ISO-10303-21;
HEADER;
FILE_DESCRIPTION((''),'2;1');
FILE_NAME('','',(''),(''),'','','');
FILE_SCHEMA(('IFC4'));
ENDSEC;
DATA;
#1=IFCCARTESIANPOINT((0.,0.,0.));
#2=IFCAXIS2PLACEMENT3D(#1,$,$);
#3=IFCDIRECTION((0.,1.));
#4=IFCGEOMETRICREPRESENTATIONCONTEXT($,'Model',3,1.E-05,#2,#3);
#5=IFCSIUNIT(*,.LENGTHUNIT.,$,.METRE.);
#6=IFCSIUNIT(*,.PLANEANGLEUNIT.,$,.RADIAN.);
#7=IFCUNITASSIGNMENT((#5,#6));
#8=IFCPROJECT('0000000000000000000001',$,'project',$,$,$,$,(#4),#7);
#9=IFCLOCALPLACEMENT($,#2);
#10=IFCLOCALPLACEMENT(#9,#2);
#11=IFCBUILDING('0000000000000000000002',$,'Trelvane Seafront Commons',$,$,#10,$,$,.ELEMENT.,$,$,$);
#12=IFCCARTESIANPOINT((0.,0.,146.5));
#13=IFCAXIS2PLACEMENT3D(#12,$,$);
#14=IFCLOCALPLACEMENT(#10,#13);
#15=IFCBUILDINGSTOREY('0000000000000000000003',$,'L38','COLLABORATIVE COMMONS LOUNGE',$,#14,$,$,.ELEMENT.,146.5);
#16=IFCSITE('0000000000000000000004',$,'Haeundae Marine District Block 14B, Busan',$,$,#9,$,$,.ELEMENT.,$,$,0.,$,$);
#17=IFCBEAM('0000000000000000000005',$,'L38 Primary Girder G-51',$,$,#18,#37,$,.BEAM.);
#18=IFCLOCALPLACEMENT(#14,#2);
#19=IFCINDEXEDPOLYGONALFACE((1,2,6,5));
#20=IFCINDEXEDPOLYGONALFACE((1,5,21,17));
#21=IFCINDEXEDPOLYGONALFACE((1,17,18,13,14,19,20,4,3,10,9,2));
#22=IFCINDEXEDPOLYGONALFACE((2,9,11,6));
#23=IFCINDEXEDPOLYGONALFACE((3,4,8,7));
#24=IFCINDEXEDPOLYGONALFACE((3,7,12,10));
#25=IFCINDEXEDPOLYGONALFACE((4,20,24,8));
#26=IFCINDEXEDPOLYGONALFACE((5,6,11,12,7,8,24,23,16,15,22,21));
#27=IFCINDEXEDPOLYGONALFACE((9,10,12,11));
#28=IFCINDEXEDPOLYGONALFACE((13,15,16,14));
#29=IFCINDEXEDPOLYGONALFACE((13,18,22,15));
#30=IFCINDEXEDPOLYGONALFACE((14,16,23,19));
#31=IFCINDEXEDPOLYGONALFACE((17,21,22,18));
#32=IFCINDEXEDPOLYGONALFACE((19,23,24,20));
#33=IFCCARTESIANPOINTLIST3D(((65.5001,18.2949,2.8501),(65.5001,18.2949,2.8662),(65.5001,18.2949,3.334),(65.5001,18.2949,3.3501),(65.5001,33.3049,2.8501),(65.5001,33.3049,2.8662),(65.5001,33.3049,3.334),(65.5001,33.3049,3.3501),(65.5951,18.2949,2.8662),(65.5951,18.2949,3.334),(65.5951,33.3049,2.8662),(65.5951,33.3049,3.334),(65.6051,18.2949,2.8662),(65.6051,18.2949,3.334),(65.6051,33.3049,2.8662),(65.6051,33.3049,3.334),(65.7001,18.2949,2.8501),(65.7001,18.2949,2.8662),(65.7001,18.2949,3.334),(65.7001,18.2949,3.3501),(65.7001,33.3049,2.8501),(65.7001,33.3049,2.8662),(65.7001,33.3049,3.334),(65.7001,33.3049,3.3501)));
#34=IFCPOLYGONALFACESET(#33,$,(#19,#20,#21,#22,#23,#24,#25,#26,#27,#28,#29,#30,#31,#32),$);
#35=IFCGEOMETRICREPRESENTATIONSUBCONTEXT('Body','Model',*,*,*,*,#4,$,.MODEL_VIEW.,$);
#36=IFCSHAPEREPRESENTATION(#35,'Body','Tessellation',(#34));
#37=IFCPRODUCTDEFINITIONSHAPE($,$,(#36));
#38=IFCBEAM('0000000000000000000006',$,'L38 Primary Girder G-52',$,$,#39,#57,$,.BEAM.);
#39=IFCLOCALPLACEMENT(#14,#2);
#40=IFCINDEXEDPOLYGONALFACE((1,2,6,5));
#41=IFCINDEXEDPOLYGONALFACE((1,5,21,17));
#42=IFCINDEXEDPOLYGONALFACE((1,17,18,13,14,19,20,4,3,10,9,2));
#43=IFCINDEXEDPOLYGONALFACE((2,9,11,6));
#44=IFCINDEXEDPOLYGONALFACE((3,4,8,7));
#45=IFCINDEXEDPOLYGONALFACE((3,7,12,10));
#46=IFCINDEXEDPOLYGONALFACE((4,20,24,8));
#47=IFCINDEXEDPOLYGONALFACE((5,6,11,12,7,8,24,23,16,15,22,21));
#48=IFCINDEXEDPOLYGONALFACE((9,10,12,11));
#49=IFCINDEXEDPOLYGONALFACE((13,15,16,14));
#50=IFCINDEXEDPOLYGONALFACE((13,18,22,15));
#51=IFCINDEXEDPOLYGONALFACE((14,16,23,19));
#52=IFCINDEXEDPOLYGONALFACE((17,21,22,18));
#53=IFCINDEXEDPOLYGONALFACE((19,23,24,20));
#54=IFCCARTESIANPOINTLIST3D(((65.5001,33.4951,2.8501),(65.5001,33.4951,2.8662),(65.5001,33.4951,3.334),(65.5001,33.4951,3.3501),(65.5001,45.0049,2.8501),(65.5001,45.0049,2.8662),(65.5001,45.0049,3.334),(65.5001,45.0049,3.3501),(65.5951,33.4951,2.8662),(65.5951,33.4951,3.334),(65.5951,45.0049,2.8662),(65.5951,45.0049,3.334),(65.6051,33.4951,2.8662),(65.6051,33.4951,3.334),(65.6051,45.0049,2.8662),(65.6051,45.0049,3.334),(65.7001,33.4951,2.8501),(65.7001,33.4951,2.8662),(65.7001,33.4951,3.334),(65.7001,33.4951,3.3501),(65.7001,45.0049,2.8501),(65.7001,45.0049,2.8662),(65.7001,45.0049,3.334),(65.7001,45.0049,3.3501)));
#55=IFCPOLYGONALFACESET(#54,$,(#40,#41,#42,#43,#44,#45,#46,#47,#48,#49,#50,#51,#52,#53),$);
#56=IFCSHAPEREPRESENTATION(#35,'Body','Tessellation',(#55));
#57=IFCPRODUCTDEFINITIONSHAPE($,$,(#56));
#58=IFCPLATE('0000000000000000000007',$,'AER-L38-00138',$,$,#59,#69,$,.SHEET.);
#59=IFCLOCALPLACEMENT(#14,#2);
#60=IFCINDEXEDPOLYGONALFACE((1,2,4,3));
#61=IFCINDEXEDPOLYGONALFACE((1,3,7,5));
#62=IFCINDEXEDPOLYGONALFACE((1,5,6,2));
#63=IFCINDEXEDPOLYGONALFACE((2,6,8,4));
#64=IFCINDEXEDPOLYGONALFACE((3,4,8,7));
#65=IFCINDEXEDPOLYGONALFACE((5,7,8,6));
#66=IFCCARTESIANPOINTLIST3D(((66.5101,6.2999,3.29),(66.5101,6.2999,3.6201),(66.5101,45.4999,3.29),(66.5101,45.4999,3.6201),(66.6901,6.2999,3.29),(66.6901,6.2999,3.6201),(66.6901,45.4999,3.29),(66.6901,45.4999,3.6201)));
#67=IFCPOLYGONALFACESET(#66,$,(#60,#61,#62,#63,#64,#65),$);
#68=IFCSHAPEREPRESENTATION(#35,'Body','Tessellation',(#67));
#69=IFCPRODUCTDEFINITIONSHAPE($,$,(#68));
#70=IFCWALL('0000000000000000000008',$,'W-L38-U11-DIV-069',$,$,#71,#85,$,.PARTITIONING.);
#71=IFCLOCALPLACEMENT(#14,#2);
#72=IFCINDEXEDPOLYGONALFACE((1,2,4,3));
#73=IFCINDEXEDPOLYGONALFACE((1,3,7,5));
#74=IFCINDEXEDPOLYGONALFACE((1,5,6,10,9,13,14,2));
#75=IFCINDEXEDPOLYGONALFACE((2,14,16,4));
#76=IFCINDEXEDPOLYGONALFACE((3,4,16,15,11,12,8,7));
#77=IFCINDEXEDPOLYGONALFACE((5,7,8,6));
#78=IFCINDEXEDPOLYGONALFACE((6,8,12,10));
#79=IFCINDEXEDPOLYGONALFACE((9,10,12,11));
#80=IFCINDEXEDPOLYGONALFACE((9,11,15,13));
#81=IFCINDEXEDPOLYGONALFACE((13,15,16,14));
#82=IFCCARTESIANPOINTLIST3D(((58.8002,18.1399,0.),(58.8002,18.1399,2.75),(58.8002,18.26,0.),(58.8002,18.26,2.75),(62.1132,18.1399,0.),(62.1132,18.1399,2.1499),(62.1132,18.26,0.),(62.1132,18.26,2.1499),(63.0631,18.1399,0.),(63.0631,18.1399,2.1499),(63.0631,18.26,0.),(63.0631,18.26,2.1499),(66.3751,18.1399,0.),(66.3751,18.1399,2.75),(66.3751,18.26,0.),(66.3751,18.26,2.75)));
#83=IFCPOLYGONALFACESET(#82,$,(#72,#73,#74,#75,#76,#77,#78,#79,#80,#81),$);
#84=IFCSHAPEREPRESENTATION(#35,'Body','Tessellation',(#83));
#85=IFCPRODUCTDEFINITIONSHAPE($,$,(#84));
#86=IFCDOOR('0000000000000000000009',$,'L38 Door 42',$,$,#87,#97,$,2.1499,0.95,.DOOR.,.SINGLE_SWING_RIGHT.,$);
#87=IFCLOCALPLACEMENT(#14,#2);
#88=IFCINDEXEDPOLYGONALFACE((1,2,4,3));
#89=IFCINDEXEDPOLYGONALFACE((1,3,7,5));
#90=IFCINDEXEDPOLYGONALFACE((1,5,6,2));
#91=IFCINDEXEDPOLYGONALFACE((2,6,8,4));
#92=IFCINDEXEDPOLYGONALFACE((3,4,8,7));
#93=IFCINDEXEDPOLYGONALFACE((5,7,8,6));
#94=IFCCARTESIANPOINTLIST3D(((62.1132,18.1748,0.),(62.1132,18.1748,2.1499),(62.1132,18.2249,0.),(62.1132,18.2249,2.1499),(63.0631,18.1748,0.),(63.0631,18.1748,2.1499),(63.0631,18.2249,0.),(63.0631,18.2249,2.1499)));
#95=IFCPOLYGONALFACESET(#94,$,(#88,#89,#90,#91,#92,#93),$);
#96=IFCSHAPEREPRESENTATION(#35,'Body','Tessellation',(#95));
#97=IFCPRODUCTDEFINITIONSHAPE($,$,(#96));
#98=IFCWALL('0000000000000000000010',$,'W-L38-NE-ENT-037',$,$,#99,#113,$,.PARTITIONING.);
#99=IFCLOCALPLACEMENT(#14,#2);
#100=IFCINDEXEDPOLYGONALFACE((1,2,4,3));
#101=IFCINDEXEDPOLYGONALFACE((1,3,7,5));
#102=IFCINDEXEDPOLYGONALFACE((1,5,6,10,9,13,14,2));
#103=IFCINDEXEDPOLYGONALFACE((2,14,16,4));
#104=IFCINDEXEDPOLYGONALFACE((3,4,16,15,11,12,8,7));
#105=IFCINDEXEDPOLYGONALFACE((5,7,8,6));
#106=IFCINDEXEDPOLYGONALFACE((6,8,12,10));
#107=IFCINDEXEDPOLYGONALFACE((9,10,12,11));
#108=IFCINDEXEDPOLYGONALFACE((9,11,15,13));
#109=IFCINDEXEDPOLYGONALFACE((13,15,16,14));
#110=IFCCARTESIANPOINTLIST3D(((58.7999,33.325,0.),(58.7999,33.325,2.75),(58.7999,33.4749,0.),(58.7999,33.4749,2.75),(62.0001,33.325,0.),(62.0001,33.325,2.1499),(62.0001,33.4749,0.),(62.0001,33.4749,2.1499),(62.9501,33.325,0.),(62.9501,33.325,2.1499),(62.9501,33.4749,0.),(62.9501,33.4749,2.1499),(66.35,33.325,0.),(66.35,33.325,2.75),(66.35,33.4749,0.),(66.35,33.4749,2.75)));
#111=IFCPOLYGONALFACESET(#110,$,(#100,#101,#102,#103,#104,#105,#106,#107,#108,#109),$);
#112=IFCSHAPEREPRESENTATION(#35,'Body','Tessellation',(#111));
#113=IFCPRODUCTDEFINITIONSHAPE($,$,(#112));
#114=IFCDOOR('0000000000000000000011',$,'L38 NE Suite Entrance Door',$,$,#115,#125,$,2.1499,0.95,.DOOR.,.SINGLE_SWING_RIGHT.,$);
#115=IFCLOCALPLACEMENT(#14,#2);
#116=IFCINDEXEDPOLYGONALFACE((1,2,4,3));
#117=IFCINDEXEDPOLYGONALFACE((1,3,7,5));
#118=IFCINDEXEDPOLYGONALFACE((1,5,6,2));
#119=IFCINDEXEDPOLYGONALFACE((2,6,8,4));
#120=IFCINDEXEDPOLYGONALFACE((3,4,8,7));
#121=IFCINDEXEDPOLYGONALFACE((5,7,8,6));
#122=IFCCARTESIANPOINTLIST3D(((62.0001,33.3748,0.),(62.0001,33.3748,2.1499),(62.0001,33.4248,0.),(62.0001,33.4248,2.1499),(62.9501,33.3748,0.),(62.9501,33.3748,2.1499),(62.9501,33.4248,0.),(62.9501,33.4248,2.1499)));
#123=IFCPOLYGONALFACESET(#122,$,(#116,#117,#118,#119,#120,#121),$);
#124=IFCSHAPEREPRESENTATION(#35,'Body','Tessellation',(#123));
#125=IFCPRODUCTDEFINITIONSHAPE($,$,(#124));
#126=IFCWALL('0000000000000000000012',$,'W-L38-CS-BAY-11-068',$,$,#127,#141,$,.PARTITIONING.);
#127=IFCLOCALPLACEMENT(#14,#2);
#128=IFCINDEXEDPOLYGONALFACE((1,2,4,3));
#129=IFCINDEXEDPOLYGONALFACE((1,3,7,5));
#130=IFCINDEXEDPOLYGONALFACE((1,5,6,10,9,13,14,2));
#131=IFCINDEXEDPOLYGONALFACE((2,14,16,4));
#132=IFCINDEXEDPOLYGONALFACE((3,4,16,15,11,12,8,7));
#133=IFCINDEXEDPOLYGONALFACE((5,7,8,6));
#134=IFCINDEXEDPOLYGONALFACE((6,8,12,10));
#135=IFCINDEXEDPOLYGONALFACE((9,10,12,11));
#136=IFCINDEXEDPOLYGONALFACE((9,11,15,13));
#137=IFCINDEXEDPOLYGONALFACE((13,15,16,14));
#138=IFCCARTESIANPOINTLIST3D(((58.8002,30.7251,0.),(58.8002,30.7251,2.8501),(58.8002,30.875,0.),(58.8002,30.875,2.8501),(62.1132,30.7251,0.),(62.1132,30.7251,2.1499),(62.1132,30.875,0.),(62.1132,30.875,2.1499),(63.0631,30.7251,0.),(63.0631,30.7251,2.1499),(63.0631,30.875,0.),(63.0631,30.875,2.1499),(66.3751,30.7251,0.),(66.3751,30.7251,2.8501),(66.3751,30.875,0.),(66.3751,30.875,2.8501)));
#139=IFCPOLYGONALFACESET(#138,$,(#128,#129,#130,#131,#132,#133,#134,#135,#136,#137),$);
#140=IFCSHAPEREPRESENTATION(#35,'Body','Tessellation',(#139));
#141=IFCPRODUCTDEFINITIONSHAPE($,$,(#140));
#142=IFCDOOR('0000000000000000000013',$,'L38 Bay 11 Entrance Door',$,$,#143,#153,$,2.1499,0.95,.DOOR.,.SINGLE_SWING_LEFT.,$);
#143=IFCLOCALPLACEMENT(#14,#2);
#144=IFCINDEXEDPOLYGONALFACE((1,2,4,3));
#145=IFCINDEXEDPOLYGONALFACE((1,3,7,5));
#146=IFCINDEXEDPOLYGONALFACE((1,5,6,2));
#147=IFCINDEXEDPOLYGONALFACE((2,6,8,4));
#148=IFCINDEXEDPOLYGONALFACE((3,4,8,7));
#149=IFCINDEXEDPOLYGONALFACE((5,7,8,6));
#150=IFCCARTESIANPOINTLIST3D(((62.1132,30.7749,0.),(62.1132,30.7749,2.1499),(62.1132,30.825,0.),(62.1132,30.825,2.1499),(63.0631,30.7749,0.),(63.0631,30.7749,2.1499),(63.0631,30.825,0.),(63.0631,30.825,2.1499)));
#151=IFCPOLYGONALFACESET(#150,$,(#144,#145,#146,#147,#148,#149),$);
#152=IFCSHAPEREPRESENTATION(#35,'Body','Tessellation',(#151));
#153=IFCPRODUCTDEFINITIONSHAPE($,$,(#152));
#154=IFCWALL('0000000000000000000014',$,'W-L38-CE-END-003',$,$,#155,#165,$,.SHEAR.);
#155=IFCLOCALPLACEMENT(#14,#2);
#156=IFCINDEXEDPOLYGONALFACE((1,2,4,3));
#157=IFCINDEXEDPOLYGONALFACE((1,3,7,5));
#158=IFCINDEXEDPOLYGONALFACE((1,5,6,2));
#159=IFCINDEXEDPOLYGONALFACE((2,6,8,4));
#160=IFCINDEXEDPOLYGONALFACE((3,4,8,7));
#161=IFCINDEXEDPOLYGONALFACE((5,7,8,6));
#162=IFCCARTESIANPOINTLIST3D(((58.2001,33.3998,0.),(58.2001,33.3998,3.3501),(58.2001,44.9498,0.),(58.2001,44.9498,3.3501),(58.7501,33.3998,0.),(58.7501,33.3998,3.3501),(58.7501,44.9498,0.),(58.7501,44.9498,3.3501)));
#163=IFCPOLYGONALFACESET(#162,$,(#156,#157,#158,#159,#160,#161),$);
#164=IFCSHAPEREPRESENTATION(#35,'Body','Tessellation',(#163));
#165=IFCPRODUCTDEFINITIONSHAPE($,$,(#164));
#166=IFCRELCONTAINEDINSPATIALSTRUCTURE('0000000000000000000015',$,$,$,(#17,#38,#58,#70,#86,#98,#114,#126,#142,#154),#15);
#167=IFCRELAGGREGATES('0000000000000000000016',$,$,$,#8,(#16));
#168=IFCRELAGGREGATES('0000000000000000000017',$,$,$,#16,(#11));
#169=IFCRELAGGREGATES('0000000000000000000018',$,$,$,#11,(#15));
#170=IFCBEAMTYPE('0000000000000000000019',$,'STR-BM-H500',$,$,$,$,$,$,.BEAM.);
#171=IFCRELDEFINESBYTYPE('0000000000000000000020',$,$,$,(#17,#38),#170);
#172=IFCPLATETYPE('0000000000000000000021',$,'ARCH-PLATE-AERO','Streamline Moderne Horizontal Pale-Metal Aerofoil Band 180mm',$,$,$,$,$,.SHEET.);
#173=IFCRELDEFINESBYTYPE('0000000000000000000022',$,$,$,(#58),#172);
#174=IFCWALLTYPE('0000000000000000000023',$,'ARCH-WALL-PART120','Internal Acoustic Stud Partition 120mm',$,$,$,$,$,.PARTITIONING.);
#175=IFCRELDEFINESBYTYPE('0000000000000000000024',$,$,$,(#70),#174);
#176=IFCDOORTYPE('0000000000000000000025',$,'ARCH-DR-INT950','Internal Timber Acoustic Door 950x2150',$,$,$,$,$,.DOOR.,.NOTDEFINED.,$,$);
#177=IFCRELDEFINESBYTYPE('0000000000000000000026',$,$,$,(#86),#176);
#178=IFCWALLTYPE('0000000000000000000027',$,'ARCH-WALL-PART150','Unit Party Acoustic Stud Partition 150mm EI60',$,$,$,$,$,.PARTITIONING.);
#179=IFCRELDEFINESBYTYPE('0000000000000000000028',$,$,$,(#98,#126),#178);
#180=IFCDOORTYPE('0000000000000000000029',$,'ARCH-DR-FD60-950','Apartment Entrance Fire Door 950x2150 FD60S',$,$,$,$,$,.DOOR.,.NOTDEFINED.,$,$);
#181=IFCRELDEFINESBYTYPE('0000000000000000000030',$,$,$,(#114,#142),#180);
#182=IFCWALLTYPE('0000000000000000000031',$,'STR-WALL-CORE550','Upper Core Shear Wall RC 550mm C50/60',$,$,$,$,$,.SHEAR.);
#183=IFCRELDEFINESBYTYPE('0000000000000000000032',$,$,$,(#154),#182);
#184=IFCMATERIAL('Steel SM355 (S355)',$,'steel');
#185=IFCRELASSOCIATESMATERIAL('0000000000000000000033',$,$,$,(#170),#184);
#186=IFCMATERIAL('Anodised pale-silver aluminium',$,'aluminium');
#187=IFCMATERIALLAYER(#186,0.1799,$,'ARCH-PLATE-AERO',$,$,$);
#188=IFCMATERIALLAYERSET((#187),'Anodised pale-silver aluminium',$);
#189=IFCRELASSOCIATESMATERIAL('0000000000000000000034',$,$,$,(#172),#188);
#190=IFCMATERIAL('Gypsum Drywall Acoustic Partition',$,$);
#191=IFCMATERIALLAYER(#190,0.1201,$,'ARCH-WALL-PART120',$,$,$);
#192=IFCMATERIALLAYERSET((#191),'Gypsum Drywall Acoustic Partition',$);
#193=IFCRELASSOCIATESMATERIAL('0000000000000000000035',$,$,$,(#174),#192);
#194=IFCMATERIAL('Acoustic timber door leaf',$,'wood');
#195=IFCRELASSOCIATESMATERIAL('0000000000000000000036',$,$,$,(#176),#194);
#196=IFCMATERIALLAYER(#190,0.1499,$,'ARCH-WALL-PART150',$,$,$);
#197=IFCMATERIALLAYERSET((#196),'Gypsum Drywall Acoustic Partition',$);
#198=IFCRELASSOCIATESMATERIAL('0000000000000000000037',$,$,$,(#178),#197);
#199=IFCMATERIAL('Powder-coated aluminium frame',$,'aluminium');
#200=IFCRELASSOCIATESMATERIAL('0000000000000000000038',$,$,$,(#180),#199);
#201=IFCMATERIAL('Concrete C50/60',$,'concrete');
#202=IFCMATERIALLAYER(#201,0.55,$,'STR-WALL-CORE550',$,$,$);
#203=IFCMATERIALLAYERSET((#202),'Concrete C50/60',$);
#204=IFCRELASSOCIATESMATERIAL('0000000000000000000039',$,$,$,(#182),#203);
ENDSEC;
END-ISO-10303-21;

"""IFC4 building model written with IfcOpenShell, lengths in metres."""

from ifc_helpers import new_model, si_unit, direction, frame, frame_2d, origin, origin_2d, place, context, subcontext, project, spatial, rectangle, i_section, extrude, source, transform, mapped, material, layer, layer_set, material_profile, profile_set, type_object, element, fill, save


model = new_model("IFC4")

# Units and contexts
model_context = context("Model", 3, precision=1e-05, world=origin(), true_north=direction((0.0, 1.0)))
body_context = subcontext(model_context, "Body", "Model", "MODEL_VIEW")
ifc_project = project(units=[si_unit("LENGTHUNIT", "METRE"), si_unit("PLANEANGLEUNIT", "RADIAN")], contexts=[model_context])

# Site, building, storey
site_placement = place(None, origin())
site = spatial("IfcSite", under=ifc_project, at=site_placement, Name="Haeundae Marine District Block 14B, Busan", CompositionType="ELEMENT", RefElevation=0.0)
building_placement = place(site_placement, origin())
building = spatial("IfcBuilding", under=site, at=building_placement, Name="Trelvane Seafront Commons", CompositionType="ELEMENT")
storey_placement = place(building_placement, frame((0.0, 0.0, 146.5)))
storey = spatial("IfcBuildingStorey", under=building, at=storey_placement, Name="L38", Description="COLLABORATIVE COMMONS LOUNGE", CompositionType="ELEMENT", Elevation=146.5)

# Shared definitions
ifc_material_1 = material(Name="Steel SM355 (S355)", Category="steel")
ifc_material_2 = material(Name="Concrete C50/60", Category="concrete")

# Beams
ifc_material_profile_1 = material_profile(ifc_material_1, i_section(OverallWidth=0.2, OverallDepth=0.5, WebThickness=0.01, FlangeThickness=0.0161, at=origin_2d()), Name="H-500x200x10x16")
ifc_profile_set_1 = profile_set([ifc_material_profile_1], Name="Steel SM355 (S355)")
beam_type_1 = type_object("IfcBeamType", Name="STR-BM-H500", PredefinedType="BEAM", material=ifc_profile_set_1)
shared_shape_1 = source(origin(), body_context, "Body", "SweptSolid", [
    extrude(i_section(OverallWidth=0.2, OverallDepth=0.5, WebThickness=0.01, FlangeThickness=0.0161, at=origin_2d()), origin(), (0.0, 0.0, 1.0), 15.01),
])
beam_1_placement = place(storey_placement, frame((65.6001, 18.2949, 3.1001), z_axis=(0.0, 1.0, 0.0), x_axis=(-1.0, 0.0, 0.0)))
element("IfcBeam", 1, at=beam_1_placement, inside=storey, type_object=beam_type_1, Name="L38 Primary Girder G-51", PredefinedType="BEAM", context=body_context, shape_type="MappedRepresentation", body=[
    mapped(shared_shape_1, transform((0.0, 0.0, 0.0), x_axis=(1.0, 0.0, 0.0), y_axis=(0.0, 1.0, 0.0), z_axis=(0.0, 0.0, 1.0), scale=1.0)),
])
shared_shape_2 = source(origin(), body_context, "Body", "SweptSolid", [
    extrude(i_section(OverallWidth=0.2, OverallDepth=0.5, WebThickness=0.01, FlangeThickness=0.0161, at=origin_2d()), origin(), (0.0, 0.0, 1.0), 11.5098),
])
beam_2_placement = place(storey_placement, frame((65.6001, 33.4951, 3.1001), z_axis=(0.0, 1.0, 0.0), x_axis=(-1.0, 0.0, 0.0)))
element("IfcBeam", 2, at=beam_2_placement, inside=storey, type_object=beam_type_1, Name="L38 Primary Girder G-52", PredefinedType="BEAM", context=body_context, shape_type="MappedRepresentation", body=[
    mapped(shared_shape_2, transform((0.0, 0.0, 0.0), x_axis=(1.0, 0.0, 0.0), y_axis=(0.0, 1.0, 0.0), z_axis=(0.0, 0.0, 1.0), scale=1.0)),
])

# Plate
ifc_material_3 = material(Name="Anodised pale-silver aluminium", Category="aluminium")
ifc_layer_1 = layer(ifc_material_3, 0.1799, Name="ARCH-PLATE-AERO")
ifc_layer_set_1 = layer_set([ifc_layer_1], Name="Anodised pale-silver aluminium")
plate_type = type_object("IfcPlateType", Name="ARCH-PLATE-AERO", Description="Streamline Moderne Horizontal Pale-Metal Aerofoil Band 180mm", PredefinedType="SHEET", material=ifc_layer_set_1)
shared_shape_3 = source(origin(), body_context, "Body", "SweptSolid", [
    extrude(rectangle(XDim=39.2, YDim=0.1799, at=origin_2d()), origin(), (0.0, 0.0, 1.0), 0.3301),
])
plate_placement = place(storey_placement, frame((66.6001, 25.8999, 3.29), z_axis=(0.0, 0.0, 1.0), x_axis=(0.0, -1.0, 0.0)))
element("IfcPlate", 3, at=plate_placement, inside=storey, type_object=plate_type, Name="AER-L38-00138", PredefinedType="SHEET", context=body_context, shape_type="MappedRepresentation", body=[
    mapped(shared_shape_3, transform((0.0, 0.0, 0.0), x_axis=(1.0, 0.0, 0.0), y_axis=(0.0, 1.0, 0.0), z_axis=(0.0, 0.0, 1.0), scale=1.0)),
])

# Walls, openings, doors
ifc_material_4 = material(Name="Gypsum Drywall Acoustic Partition")
ifc_layer_2 = layer(ifc_material_4, 0.1201, Name="ARCH-WALL-PART120")
ifc_layer_set_2 = layer_set([ifc_layer_2], Name="Gypsum Drywall Acoustic Partition")
wall_type_1 = type_object("IfcWallType", Name="ARCH-WALL-PART120", Description="Internal Acoustic Stud Partition 120mm", PredefinedType="PARTITIONING", material=ifc_layer_set_2)
ifc_material_5 = material(Name="Acoustic timber door leaf", Category="wood")
door_type_1 = type_object("IfcDoorType", Name="ARCH-DR-INT950", Description="Internal Timber Acoustic Door 950x2150", OperationType="NOTDEFINED", PredefinedType="DOOR", material=ifc_material_5)
shared_shape_4 = source(origin(), body_context, "Body", "SweptSolid", [
    extrude(rectangle(XDim=0.95, YDim=2.1499, at=frame_2d((0.4751, 1.075))), frame((0.0, 0.0249, 0.0), z_axis=(0.0, -1.0, 0.0), x_axis=(1.0, 0.0, 0.0)), (0.0, 0.0, 1.0), 0.05),
])
wall_1_placement = place(storey_placement, frame((58.8, 18.2, 0.0), z_axis=(0.0, 0.0, 1.0), x_axis=(1.0, 0.0, 0.0)))
wall_1 = element("IfcWall", 4, at=wall_1_placement, inside=storey, type_object=wall_type_1, Name="W-L38-U11-DIV-069", PredefinedType="PARTITIONING", context=body_context, shape_type="SweptSolid", body=[
    extrude(rectangle(XDim=7.575, YDim=0.1201, at=frame_2d((3.7876, 0.0))), origin(), (0.0, 0.0, 1.0), 2.75),
])
opening_1_placement = place(wall_1_placement, frame((3.313, 0.0, 0.0)))
opening_1 = element("IfcOpeningElement", 5, at=opening_1_placement, cuts=wall_1, PredefinedType="OPENING", context=body_context, shape_type="SweptSolid", body=[
    extrude(rectangle(XDim=0.95, YDim=2.1499, at=frame_2d((0.4751, 1.075))), frame((0.0, 0.0701, 0.0), z_axis=(0.0, -1.0, 0.0), x_axis=(1.0, 0.0, 0.0)), (0.0, 0.0, 1.0), 0.1401),
])
door_1_placement = place(opening_1_placement, origin())
door_1 = element("IfcDoor", 6, at=door_1_placement, inside=storey, type_object=door_type_1, Name="L38 Door 42", OperationType="SINGLE_SWING_RIGHT", OverallHeight=2.1499, OverallWidth=0.95, PredefinedType="DOOR", context=body_context, shape_type="MappedRepresentation", body=[
    mapped(shared_shape_4, transform((0.0, 0.0, 0.0), x_axis=(1.0, 0.0, 0.0), y_axis=(0.0, 1.0, 0.0), z_axis=(0.0, 0.0, 1.0), scale=1.0)),
])
fill(opening_1, door_1)
ifc_layer_3 = layer(ifc_material_4, 0.1499, Name="ARCH-WALL-PART150")
ifc_layer_set_3 = layer_set([ifc_layer_3], Name="Gypsum Drywall Acoustic Partition")
wall_type_2 = type_object("IfcWallType", Name="ARCH-WALL-PART150", Description="Unit Party Acoustic Stud Partition 150mm EI60", PredefinedType="PARTITIONING", material=ifc_layer_set_3)
wall_2_placement = place(storey_placement, frame((58.8, 33.3999, 0.0), z_axis=(0.0, 0.0, 1.0), x_axis=(1.0, 0.0, 0.0)))
wall_2 = element("IfcWall", 7, at=wall_2_placement, inside=storey, type_object=wall_type_2, Name="W-L38-NE-ENT-037", PredefinedType="PARTITIONING", context=body_context, shape_type="SweptSolid", body=[
    extrude(rectangle(XDim=7.55, YDim=0.1499, at=frame_2d((3.7749, 0.0))), origin(), (0.0, 0.0, 1.0), 2.75),
])
opening_2_placement = place(wall_2_placement, frame((3.2, 0.0, 0.0)))
opening_2 = element("IfcOpeningElement", 8, at=opening_2_placement, cuts=wall_2, PredefinedType="OPENING", context=body_context, shape_type="SweptSolid", body=[
    extrude(rectangle(XDim=0.95, YDim=2.1499, at=frame_2d((0.4751, 1.075))), frame((0.0, 0.085, 0.0), z_axis=(0.0, -1.0, 0.0), x_axis=(1.0, 0.0, 0.0)), (0.0, 0.0, 1.0), 0.1699),
])
ifc_material_6 = material(Name="Powder-coated aluminium frame", Category="aluminium")
door_type_2 = type_object("IfcDoorType", Name="ARCH-DR-FD60-950", Description="Apartment Entrance Fire Door 950x2150 FD60S", OperationType="NOTDEFINED", PredefinedType="DOOR", material=ifc_material_6)
door_2_placement = place(opening_2_placement, origin())
door_2 = element("IfcDoor", 9, at=door_2_placement, inside=storey, type_object=door_type_2, Name="L38 NE Suite Entrance Door", OperationType="SINGLE_SWING_RIGHT", OverallHeight=2.1499, OverallWidth=0.95, PredefinedType="DOOR", context=body_context, shape_type="MappedRepresentation", body=[
    mapped(shared_shape_4, transform((0.0, 0.0, 0.0), x_axis=(1.0, 0.0, 0.0), y_axis=(0.0, 1.0, 0.0), z_axis=(0.0, 0.0, 1.0), scale=1.0)),
])
fill(opening_2, door_2)
wall_3_placement = place(storey_placement, frame((58.8, 30.8, 0.0), z_axis=(0.0, 0.0, 1.0), x_axis=(1.0, 0.0, 0.0)))
wall_3 = element("IfcWall", 10, at=wall_3_placement, inside=storey, type_object=wall_type_2, Name="W-L38-CS-BAY-11-068", PredefinedType="PARTITIONING", context=body_context, shape_type="SweptSolid", body=[
    extrude(rectangle(XDim=7.575, YDim=0.1499, at=frame_2d((3.7876, 0.0))), origin(), (0.0, 0.0, 1.0), 2.8501),
])
opening_3_placement = place(wall_3_placement, frame((3.313, 0.0, 0.0)))
opening_3 = element("IfcOpeningElement", 11, at=opening_3_placement, cuts=wall_3, PredefinedType="OPENING", context=body_context, shape_type="SweptSolid", body=[
    extrude(rectangle(XDim=0.95, YDim=2.1499, at=frame_2d((0.4751, 1.075))), frame((0.0, 0.085, 0.0), z_axis=(0.0, -1.0, 0.0), x_axis=(1.0, 0.0, 0.0)), (0.0, 0.0, 1.0), 0.1699),
])
door_3_placement = place(opening_3_placement, origin())
door_3 = element("IfcDoor", 12, at=door_3_placement, inside=storey, type_object=door_type_2, Name="L38 Bay 11 Entrance Door", OperationType="SINGLE_SWING_LEFT", OverallHeight=2.1499, OverallWidth=0.95, PredefinedType="DOOR", context=body_context, shape_type="MappedRepresentation", body=[
    mapped(shared_shape_4, transform((0.0, 0.0, 0.0), x_axis=(1.0, 0.0, 0.0), y_axis=(0.0, 1.0, 0.0), z_axis=(0.0, 0.0, 1.0), scale=1.0)),
])
fill(opening_3, door_3)

# Wall
ifc_layer_4 = layer(ifc_material_2, 0.55, Name="STR-WALL-CORE550")
ifc_layer_set_4 = layer_set([ifc_layer_4], Name="Concrete C50/60")
wall_type_3 = type_object("IfcWallType", Name="STR-WALL-CORE550", Description="Upper Core Shear Wall RC 550mm C50/60", PredefinedType="SHEAR", material=ifc_layer_set_4)
wall_4_placement = place(storey_placement, frame((58.4751, 33.3999, 0.0), z_axis=(0.0, 0.0, 1.0), x_axis=(0.0, 1.0, 0.0)))
element("IfcWall", 13, at=wall_4_placement, inside=storey, type_object=wall_type_3, Name="W-L38-CE-END-003", PredefinedType="SHEAR", context=body_context, shape_type="SweptSolid", body=[
    extrude(rectangle(XDim=11.55, YDim=0.55, at=frame_2d((5.7749, 0.0))), origin(), (0.0, 0.0, 1.0), 3.3501),
])

save(model, "model.ifc")
